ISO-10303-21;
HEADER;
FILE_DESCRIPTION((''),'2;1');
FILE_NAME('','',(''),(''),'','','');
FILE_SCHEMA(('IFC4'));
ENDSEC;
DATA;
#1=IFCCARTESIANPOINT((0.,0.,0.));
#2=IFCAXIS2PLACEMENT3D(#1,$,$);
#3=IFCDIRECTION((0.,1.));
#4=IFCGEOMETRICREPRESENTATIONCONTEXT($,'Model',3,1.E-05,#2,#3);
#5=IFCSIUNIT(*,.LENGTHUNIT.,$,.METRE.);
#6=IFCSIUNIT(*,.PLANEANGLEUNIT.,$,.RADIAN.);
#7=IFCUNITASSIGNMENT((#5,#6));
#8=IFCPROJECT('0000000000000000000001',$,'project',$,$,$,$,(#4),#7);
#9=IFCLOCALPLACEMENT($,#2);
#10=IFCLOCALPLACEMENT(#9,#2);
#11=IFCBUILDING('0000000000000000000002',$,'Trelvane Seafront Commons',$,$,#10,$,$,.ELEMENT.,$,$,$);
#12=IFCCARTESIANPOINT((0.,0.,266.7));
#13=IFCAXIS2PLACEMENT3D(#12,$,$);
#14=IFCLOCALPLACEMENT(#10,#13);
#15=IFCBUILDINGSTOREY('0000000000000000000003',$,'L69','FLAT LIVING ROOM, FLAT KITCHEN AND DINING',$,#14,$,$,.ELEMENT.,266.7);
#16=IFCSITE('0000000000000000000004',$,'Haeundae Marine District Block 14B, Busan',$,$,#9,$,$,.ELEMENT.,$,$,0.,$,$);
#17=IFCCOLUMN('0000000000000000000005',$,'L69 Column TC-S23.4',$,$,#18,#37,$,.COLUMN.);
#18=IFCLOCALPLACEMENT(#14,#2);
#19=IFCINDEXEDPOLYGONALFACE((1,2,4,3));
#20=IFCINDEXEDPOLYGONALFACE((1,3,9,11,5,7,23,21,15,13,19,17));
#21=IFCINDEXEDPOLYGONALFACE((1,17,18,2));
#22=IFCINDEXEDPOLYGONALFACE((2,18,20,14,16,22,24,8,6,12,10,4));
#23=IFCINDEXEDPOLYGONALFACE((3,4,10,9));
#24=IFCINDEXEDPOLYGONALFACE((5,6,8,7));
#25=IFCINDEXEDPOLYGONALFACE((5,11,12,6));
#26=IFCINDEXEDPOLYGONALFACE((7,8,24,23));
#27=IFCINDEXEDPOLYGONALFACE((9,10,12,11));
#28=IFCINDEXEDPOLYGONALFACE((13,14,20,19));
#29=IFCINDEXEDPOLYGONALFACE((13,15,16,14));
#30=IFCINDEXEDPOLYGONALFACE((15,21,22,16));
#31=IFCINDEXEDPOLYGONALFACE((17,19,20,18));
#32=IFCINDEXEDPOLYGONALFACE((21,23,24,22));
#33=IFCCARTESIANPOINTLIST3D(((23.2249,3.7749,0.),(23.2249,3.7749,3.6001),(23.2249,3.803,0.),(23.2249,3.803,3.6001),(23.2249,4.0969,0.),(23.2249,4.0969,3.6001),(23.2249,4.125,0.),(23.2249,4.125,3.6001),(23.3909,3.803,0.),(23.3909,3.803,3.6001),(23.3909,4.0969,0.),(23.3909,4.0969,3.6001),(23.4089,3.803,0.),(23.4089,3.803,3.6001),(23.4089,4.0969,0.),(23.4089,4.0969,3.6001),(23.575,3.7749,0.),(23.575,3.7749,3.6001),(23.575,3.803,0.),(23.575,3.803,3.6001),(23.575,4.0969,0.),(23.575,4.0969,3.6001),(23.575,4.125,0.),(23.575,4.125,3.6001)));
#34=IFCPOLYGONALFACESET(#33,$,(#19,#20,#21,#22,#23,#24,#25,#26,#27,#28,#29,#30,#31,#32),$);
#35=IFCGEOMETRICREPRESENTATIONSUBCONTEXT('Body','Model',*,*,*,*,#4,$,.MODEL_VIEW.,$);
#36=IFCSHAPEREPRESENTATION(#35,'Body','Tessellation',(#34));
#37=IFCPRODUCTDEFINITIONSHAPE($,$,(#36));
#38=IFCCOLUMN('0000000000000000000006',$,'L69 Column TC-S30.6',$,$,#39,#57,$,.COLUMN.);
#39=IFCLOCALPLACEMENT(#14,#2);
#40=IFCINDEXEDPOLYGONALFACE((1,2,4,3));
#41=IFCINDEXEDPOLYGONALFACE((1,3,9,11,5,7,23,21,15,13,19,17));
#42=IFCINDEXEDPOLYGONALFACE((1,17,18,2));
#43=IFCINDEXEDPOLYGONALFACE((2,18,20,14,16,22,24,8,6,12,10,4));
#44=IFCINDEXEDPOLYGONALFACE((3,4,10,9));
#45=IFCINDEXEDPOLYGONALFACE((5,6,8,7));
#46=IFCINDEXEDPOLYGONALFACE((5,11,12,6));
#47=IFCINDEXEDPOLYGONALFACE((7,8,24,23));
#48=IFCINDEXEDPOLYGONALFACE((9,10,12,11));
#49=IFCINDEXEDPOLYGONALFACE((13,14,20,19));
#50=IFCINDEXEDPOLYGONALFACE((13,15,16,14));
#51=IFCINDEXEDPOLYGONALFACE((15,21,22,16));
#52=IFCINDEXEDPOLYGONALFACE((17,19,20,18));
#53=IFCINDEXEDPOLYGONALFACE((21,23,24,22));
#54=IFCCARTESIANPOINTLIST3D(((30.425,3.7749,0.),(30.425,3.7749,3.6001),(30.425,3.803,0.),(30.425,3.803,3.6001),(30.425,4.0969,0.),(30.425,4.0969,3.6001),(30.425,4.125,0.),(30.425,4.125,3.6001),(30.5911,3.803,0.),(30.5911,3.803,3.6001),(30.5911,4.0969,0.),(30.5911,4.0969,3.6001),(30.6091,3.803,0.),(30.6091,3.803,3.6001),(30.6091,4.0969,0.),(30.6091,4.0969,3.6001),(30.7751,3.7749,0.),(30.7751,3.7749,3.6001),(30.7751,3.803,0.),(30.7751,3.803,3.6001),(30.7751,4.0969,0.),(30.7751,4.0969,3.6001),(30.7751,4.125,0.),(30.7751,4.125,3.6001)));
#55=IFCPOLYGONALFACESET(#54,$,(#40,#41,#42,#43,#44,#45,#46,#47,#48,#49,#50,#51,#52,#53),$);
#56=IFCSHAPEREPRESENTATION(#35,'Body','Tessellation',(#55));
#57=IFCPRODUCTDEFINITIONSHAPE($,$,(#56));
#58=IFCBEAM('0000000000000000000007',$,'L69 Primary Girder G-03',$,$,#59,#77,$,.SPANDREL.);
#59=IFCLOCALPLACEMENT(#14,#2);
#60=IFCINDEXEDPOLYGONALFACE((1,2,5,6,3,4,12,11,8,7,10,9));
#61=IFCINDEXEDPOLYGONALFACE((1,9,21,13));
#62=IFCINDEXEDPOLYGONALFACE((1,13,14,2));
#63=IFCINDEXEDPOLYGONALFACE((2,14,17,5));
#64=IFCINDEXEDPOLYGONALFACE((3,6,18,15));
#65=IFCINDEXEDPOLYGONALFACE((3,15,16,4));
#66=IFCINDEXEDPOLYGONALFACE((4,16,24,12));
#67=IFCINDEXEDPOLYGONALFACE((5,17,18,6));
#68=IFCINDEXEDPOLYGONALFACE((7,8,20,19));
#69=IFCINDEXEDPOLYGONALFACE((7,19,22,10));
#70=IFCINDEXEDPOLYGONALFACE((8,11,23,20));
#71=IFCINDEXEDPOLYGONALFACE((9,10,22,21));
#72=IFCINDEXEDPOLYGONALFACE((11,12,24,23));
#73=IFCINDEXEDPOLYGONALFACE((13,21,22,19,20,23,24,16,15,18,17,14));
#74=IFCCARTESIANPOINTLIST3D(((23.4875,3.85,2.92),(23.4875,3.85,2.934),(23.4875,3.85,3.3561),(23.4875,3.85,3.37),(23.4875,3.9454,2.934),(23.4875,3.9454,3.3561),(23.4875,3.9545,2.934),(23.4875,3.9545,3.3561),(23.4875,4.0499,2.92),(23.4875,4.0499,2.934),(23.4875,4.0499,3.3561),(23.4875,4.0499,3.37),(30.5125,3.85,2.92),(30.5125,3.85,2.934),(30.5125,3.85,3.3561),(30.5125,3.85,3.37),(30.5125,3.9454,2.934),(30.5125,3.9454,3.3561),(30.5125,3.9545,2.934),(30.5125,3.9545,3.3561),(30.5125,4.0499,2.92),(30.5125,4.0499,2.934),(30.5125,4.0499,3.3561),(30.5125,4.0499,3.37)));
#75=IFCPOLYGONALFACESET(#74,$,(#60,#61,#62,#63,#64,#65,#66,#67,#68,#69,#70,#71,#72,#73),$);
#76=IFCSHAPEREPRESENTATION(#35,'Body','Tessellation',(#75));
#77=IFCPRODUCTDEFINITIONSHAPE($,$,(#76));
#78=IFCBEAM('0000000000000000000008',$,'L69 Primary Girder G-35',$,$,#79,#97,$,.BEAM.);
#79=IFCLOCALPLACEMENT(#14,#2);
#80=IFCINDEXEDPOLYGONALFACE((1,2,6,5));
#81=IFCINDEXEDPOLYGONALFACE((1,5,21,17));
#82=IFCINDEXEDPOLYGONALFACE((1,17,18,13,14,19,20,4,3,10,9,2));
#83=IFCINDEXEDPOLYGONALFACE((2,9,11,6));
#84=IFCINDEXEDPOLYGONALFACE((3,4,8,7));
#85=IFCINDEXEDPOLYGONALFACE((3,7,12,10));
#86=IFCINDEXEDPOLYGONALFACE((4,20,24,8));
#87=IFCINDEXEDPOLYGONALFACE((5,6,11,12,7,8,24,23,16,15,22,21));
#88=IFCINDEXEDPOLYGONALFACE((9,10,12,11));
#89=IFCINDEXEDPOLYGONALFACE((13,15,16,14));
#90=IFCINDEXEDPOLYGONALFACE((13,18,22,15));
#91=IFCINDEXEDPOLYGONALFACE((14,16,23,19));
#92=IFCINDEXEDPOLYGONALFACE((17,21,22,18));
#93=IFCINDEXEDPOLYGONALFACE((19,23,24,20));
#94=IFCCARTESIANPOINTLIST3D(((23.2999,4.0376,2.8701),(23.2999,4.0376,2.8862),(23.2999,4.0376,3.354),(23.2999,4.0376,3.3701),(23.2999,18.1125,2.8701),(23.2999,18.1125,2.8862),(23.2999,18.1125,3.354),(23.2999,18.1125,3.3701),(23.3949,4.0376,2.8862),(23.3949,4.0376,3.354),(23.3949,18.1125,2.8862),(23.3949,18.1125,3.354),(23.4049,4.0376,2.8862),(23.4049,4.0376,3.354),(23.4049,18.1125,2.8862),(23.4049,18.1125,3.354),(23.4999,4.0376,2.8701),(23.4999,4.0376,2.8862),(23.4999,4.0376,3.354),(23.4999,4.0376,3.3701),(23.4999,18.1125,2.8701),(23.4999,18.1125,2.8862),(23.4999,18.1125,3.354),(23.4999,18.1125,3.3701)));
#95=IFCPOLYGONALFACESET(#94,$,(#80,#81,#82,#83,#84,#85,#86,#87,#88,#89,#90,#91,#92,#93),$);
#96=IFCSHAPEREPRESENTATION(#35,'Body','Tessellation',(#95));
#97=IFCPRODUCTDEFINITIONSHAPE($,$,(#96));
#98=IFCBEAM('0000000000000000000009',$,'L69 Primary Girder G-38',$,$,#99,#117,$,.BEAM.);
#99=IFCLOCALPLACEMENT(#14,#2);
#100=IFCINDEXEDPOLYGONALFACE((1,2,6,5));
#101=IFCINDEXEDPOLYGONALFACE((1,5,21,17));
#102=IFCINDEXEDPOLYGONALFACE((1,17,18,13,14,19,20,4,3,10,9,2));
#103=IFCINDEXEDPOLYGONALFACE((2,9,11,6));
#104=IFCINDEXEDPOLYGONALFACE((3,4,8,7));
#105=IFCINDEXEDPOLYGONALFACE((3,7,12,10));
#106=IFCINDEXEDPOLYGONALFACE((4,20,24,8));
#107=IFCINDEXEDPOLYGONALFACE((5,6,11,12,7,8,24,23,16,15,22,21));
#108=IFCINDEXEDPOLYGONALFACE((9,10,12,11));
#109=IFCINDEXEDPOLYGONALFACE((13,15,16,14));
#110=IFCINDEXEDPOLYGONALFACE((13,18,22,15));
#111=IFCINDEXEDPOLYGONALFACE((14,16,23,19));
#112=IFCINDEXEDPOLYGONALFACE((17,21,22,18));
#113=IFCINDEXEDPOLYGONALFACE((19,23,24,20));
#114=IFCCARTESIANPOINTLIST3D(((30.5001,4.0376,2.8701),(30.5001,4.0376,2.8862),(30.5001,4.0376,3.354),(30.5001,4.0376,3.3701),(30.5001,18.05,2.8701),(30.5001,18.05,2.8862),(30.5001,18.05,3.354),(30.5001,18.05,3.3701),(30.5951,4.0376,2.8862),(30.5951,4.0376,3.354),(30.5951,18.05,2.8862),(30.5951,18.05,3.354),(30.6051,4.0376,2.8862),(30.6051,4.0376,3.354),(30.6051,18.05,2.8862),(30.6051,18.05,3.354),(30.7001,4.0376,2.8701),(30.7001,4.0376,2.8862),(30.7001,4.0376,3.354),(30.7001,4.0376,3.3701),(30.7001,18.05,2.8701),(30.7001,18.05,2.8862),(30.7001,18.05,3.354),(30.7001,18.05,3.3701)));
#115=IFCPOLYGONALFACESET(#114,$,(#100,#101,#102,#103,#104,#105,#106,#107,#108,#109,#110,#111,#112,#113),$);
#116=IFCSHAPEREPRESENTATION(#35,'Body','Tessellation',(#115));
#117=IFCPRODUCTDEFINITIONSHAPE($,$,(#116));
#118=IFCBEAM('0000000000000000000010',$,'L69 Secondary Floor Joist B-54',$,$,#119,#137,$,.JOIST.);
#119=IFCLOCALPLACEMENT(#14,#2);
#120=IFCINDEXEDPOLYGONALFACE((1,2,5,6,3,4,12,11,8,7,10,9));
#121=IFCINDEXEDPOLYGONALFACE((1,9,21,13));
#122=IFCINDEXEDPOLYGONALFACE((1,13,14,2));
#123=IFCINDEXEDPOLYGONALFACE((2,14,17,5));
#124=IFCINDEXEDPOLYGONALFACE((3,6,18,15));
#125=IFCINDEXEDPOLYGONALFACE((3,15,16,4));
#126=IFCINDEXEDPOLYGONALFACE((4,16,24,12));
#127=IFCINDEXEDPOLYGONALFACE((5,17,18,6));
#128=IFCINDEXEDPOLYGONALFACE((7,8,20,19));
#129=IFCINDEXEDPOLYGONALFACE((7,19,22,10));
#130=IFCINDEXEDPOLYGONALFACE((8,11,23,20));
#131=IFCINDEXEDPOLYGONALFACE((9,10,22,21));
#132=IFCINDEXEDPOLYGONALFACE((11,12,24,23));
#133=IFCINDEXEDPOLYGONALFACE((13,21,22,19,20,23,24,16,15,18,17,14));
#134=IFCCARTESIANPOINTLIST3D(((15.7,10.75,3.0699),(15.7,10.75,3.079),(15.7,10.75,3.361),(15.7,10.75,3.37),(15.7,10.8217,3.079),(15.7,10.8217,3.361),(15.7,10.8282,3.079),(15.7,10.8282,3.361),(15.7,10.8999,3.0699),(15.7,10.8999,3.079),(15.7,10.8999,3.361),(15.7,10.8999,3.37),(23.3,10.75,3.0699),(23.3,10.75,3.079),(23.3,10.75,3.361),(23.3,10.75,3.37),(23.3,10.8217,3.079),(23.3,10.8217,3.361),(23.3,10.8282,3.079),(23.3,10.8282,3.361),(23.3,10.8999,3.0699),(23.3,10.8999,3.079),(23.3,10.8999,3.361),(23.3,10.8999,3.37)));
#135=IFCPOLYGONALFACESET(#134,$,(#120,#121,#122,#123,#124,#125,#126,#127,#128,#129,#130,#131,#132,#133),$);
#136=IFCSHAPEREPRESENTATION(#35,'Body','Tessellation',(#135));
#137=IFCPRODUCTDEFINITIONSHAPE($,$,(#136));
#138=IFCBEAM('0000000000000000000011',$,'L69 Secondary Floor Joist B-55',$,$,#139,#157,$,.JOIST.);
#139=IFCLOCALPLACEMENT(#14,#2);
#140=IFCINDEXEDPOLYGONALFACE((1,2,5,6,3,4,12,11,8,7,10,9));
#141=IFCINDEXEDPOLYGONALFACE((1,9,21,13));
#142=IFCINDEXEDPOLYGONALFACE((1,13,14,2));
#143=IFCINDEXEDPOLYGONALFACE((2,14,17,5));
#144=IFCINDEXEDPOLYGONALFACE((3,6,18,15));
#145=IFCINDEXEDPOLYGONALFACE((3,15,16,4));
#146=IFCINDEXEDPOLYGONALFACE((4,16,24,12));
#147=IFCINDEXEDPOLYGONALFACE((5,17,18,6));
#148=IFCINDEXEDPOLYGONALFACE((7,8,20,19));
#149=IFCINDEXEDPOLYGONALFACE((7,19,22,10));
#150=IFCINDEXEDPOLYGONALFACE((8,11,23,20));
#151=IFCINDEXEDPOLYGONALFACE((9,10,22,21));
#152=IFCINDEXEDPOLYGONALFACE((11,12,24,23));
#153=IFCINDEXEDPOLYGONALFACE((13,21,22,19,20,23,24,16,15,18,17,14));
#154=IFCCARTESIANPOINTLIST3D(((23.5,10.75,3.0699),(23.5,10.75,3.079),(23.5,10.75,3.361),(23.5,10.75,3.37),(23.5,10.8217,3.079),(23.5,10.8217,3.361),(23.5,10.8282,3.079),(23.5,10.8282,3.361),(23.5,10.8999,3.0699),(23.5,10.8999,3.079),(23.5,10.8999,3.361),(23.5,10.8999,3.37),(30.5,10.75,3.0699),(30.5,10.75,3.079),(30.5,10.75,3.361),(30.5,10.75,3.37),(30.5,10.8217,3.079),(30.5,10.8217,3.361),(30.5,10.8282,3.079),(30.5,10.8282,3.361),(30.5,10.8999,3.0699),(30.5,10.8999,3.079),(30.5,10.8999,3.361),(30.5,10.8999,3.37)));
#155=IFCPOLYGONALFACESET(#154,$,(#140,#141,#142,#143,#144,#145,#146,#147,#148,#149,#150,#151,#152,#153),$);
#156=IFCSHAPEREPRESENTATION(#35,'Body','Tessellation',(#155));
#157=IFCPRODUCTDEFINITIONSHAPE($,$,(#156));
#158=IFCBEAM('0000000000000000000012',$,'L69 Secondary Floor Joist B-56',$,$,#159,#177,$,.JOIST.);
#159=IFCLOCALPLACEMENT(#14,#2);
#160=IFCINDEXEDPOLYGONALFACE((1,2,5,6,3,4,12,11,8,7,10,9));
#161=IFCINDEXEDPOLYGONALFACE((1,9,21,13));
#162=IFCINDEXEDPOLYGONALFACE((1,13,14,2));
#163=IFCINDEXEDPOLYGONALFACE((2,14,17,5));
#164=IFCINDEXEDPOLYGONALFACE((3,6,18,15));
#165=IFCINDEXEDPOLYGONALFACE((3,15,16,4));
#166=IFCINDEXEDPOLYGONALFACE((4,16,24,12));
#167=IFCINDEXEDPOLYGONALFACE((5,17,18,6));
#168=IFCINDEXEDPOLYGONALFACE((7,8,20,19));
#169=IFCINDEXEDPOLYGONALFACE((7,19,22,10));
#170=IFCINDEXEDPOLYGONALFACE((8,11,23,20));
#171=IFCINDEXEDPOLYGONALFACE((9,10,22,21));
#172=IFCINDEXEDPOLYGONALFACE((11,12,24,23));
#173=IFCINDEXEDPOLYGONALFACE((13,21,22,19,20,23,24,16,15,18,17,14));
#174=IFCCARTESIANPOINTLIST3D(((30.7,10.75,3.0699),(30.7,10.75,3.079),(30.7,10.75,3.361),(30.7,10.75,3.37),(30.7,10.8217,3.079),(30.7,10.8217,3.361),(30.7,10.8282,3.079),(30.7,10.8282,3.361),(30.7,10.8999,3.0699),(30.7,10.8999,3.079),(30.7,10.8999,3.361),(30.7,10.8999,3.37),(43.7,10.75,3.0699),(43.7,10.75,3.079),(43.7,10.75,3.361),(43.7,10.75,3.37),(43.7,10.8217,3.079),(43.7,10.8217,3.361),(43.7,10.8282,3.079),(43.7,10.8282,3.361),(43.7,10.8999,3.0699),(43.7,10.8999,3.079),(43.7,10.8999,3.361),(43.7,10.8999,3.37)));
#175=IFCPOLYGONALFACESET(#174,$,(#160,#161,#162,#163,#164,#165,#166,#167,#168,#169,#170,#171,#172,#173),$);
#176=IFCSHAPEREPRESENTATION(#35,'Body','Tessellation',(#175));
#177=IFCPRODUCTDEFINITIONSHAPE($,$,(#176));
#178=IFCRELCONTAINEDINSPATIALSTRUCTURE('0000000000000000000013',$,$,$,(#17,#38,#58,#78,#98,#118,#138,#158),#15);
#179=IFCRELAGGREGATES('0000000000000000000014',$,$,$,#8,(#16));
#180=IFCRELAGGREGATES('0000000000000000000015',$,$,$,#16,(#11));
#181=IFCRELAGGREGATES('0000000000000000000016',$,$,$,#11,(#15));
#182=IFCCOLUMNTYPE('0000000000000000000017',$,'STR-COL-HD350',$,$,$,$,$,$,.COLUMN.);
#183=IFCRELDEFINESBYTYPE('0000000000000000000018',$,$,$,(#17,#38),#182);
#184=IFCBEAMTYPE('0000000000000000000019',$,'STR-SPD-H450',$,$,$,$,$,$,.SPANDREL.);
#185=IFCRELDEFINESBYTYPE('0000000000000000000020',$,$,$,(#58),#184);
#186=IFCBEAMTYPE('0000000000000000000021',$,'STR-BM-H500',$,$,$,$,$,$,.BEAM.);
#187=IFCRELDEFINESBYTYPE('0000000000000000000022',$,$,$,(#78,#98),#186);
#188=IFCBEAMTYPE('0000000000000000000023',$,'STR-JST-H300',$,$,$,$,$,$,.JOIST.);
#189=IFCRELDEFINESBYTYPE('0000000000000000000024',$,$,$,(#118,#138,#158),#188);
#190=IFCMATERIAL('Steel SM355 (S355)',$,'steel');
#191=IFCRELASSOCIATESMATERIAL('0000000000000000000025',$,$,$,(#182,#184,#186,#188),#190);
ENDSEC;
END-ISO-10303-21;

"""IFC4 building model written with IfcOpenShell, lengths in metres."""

from ifc_helpers import new_model, si_unit, direction, frame, origin, origin_2d, place, context, subcontext, project, spatial, i_section, extrude, source, transform, mapped, material, material_profile, profile_set, type_object, element, save


model = new_model("IFC4")

# Units and contexts
model_context = context("Model", 3, precision=1e-05, world=origin(), true_north=direction((0.0, 1.0)))
body_context = subcontext(model_context, "Body", "Model", "MODEL_VIEW")
ifc_project = project(units=[si_unit("LENGTHUNIT", "METRE"), si_unit("PLANEANGLEUNIT", "RADIAN")], contexts=[model_context])

# Site, building, storey
site_placement = place(None, origin())
site = spatial("IfcSite", under=ifc_project, at=site_placement, Name="Haeundae Marine District Block 14B, Busan", CompositionType="ELEMENT", RefElevation=0.0)
building_placement = place(site_placement, origin())
building = spatial("IfcBuilding", under=site, at=building_placement, Name="Trelvane Seafront Commons", CompositionType="ELEMENT")
storey_placement = place(building_placement, frame((0.0, 0.0, 266.7)))
storey = spatial("IfcBuildingStorey", under=building, at=storey_placement, Name="L69", Description="FLAT LIVING ROOM, FLAT KITCHEN AND DINING", CompositionType="ELEMENT", Elevation=266.7)

# Columns
ifc_material_1 = material(Name="Steel SM355 (S355)", Category="steel")
ifc_material_profile_1 = material_profile(ifc_material_1, i_section(OverallWidth=0.3501, OverallDepth=0.3501, WebThickness=0.0181, FlangeThickness=0.0281, at=origin_2d()), Name="HD-350x350x18x28")
ifc_profile_set_1 = profile_set([ifc_material_profile_1], Name="Steel SM355 (S355)")
column_type = type_object("IfcColumnType", Name="STR-COL-HD350", PredefinedType="COLUMN", material=ifc_profile_set_1)
shared_shape_1 = source(origin(), body_context, "Body", "SweptSolid", [
    extrude(i_section(OverallWidth=0.3501, OverallDepth=0.3501, WebThickness=0.0181, FlangeThickness=0.0281, at=origin_2d()), origin(), (0.0, 0.0, 1.0), 3.6001),
])
for number, where, z_axis, x_axis, name in (
    (1, (23.3999, 3.95, 0.0), (0.0, 0.0, 1.0), (1.0, 0.0, 0.0), "L69 Column TC-S23.4"),
    (2, (30.6001, 3.95, 0.0), (0.0, 0.0, 1.0), (1.0, 0.0, 0.0), "L69 Column TC-S30.6"),
):
    element("IfcColumn", number, at=place(storey_placement, frame(where, z_axis=z_axis, x_axis=x_axis)), inside=storey, type_object=column_type, Name=name, PredefinedType="COLUMN", context=body_context, shape_type="MappedRepresentation", body=[
        mapped(shared_shape_1, transform((0.0, 0.0, 0.0), x_axis=(1.0, 0.0, 0.0), y_axis=(0.0, 1.0, 0.0), z_axis=(0.0, 0.0, 1.0), scale=1.0)),
    ])

# Beams
ifc_material_profile_2 = material_profile(ifc_material_1, i_section(OverallWidth=0.2, OverallDepth=0.45, WebThickness=0.009, FlangeThickness=0.0139, at=origin_2d()), Name="H-450x200x9x14")
ifc_profile_set_2 = profile_set([ifc_material_profile_2], Name="Steel SM355 (S355)")
beam_type_1 = type_object("IfcBeamType", Name="STR-SPD-H450", PredefinedType="SPANDREL", material=ifc_profile_set_2)
shared_shape_2 = source(origin(), body_context, "Body", "SweptSolid", [
    extrude(i_section(OverallWidth=0.2, OverallDepth=0.45, WebThickness=0.009, FlangeThickness=0.0139, at=origin_2d()), origin(), (0.0, 0.0, 1.0), 7.0249),
])
beam_1_placement = place(storey_placement, frame((23.4875, 3.95, 3.145), z_axis=(1.0, 0.0, 0.0), x_axis=(0.0, 1.0, 0.0)))
element("IfcBeam", 3, at=beam_1_placement, inside=storey, type_object=beam_type_1, Name="L69 Primary Girder G-03", PredefinedType="SPANDREL", context=body_context, shape_type="MappedRepresentation", body=[
    mapped(shared_shape_2, transform((0.0, 0.0, 0.0), x_axis=(1.0, 0.0, 0.0), y_axis=(0.0, 1.0, 0.0), z_axis=(0.0, 0.0, 1.0), scale=1.0)),
])
ifc_material_profile_3 = material_profile(ifc_material_1, i_section(OverallWidth=0.2, OverallDepth=0.5, WebThickness=0.01, FlangeThickness=0.0161, at=origin_2d()), Name="H-500x200x10x16")
ifc_profile_set_3 = profile_set([ifc_material_profile_3], Name="Steel SM355 (S355)")
beam_type_2 = type_object("IfcBeamType", Name="STR-BM-H500", PredefinedType="BEAM", material=ifc_profile_set_3)
shared_shape_3 = source(origin(), body_context, "Body", "SweptSolid", [
    extrude(i_section(OverallWidth=0.2, OverallDepth=0.5, WebThickness=0.01, FlangeThickness=0.0161, at=origin_2d()), origin(), (0.0, 0.0, 1.0), 14.075),
])
beam_2_placement = place(storey_placement, frame((23.3999, 4.0376, 3.1201), z_axis=(0.0, 1.0, 0.0), x_axis=(-1.0, 0.0, 0.0)))
element("IfcBeam", 4, at=beam_2_placement, inside=storey, type_object=beam_type_2, Name="L69 Primary Girder G-35", PredefinedType="BEAM", context=body_context, shape_type="MappedRepresentation", body=[
    mapped(shared_shape_3, transform((0.0, 0.0, 0.0), x_axis=(1.0, 0.0, 0.0), y_axis=(0.0, 1.0, 0.0), z_axis=(0.0, 0.0, 1.0), scale=1.0)),
])
shared_shape_4 = source(origin(), body_context, "Body", "SweptSolid", [
    extrude(i_section(OverallWidth=0.2, OverallDepth=0.5, WebThickness=0.01, FlangeThickness=0.0161, at=origin_2d()), origin(), (0.0, 0.0, 1.0), 14.0125),
])
beam_3_placement = place(storey_placement, frame((30.6001, 4.0376, 3.1201), z_axis=(0.0, 1.0, 0.0), x_axis=(-1.0, 0.0, 0.0)))
element("IfcBeam", 5, at=beam_3_placement, inside=storey, type_object=beam_type_2, Name="L69 Primary Girder G-38", PredefinedType="BEAM", context=body_context, shape_type="MappedRepresentation", body=[
    mapped(shared_shape_4, transform((0.0, 0.0, 0.0), x_axis=(1.0, 0.0, 0.0), y_axis=(0.0, 1.0, 0.0), z_axis=(0.0, 0.0, 1.0), scale=1.0)),
])
ifc_material_profile_4 = material_profile(ifc_material_1, i_section(OverallWidth=0.1499, OverallDepth=0.3, WebThickness=0.0066, FlangeThickness=0.009, at=origin_2d()), Name="H-300x150x6.5x9")
ifc_profile_set_4 = profile_set([ifc_material_profile_4], Name="Steel SM355 (S355)")
beam_type_3 = type_object("IfcBeamType", Name="STR-JST-H300", PredefinedType="JOIST", material=ifc_profile_set_4)
shared_shape_5 = source(origin(), body_context, "Body", "SweptSolid", [
    extrude(i_section(OverallWidth=0.1499, OverallDepth=0.3, WebThickness=0.0066, FlangeThickness=0.009, at=origin_2d()), origin(), (0.0, 0.0, 1.0), 7.6001),
])
beam_4_placement = place(storey_placement, frame((15.7, 10.825, 3.22), z_axis=(1.0, 0.0, 0.0), x_axis=(0.0, 1.0, 0.0)))
element("IfcBeam", 6, at=beam_4_placement, inside=storey, type_object=beam_type_3, Name="L69 Secondary Floor Joist B-54", PredefinedType="JOIST", context=body_context, shape_type="MappedRepresentation", body=[
    mapped(shared_shape_5, transform((0.0, 0.0, 0.0), x_axis=(1.0, 0.0, 0.0), y_axis=(0.0, 1.0, 0.0), z_axis=(0.0, 0.0, 1.0), scale=1.0)),
])
shared_shape_6 = source(origin(), body_context, "Body", "SweptSolid", [
    extrude(i_section(OverallWidth=0.1499, OverallDepth=0.3, WebThickness=0.0066, FlangeThickness=0.009, at=origin_2d()), origin(), (0.0, 0.0, 1.0), 7.0),
])
beam_5_placement = place(storey_placement, frame((23.5, 10.825, 3.22), z_axis=(1.0, 0.0, 0.0), x_axis=(0.0, 1.0, 0.0)))
element("IfcBeam", 7, at=beam_5_placement, inside=storey, type_object=beam_type_3, Name="L69 Secondary Floor Joist B-55", PredefinedType="JOIST", context=body_context, shape_type="MappedRepresentation", body=[
    mapped(shared_shape_6, transform((0.0, 0.0, 0.0), x_axis=(1.0, 0.0, 0.0), y_axis=(0.0, 1.0, 0.0), z_axis=(0.0, 0.0, 1.0), scale=1.0)),
])
shared_shape_7 = source(origin(), body_context, "Body", "SweptSolid", [
    extrude(i_section(OverallWidth=0.1499, OverallDepth=0.3, WebThickness=0.0066, FlangeThickness=0.009, at=origin_2d()), origin(), (0.0, 0.0, 1.0), 13.0),
])
beam_6_placement = place(storey_placement, frame((30.7, 10.825, 3.22), z_axis=(1.0, 0.0, 0.0), x_axis=(0.0, 1.0, 0.0)))
element("IfcBeam", 8, at=beam_6_placement, inside=storey, type_object=beam_type_3, Name="L69 Secondary Floor Joist B-56", PredefinedType="JOIST", context=body_context, shape_type="MappedRepresentation", body=[
    mapped(shared_shape_7, transform((0.0, 0.0, 0.0), x_axis=(1.0, 0.0, 0.0), y_axis=(0.0, 1.0, 0.0), z_axis=(0.0, 0.0, 1.0), scale=1.0)),
])

save(model, "model.ifc")
